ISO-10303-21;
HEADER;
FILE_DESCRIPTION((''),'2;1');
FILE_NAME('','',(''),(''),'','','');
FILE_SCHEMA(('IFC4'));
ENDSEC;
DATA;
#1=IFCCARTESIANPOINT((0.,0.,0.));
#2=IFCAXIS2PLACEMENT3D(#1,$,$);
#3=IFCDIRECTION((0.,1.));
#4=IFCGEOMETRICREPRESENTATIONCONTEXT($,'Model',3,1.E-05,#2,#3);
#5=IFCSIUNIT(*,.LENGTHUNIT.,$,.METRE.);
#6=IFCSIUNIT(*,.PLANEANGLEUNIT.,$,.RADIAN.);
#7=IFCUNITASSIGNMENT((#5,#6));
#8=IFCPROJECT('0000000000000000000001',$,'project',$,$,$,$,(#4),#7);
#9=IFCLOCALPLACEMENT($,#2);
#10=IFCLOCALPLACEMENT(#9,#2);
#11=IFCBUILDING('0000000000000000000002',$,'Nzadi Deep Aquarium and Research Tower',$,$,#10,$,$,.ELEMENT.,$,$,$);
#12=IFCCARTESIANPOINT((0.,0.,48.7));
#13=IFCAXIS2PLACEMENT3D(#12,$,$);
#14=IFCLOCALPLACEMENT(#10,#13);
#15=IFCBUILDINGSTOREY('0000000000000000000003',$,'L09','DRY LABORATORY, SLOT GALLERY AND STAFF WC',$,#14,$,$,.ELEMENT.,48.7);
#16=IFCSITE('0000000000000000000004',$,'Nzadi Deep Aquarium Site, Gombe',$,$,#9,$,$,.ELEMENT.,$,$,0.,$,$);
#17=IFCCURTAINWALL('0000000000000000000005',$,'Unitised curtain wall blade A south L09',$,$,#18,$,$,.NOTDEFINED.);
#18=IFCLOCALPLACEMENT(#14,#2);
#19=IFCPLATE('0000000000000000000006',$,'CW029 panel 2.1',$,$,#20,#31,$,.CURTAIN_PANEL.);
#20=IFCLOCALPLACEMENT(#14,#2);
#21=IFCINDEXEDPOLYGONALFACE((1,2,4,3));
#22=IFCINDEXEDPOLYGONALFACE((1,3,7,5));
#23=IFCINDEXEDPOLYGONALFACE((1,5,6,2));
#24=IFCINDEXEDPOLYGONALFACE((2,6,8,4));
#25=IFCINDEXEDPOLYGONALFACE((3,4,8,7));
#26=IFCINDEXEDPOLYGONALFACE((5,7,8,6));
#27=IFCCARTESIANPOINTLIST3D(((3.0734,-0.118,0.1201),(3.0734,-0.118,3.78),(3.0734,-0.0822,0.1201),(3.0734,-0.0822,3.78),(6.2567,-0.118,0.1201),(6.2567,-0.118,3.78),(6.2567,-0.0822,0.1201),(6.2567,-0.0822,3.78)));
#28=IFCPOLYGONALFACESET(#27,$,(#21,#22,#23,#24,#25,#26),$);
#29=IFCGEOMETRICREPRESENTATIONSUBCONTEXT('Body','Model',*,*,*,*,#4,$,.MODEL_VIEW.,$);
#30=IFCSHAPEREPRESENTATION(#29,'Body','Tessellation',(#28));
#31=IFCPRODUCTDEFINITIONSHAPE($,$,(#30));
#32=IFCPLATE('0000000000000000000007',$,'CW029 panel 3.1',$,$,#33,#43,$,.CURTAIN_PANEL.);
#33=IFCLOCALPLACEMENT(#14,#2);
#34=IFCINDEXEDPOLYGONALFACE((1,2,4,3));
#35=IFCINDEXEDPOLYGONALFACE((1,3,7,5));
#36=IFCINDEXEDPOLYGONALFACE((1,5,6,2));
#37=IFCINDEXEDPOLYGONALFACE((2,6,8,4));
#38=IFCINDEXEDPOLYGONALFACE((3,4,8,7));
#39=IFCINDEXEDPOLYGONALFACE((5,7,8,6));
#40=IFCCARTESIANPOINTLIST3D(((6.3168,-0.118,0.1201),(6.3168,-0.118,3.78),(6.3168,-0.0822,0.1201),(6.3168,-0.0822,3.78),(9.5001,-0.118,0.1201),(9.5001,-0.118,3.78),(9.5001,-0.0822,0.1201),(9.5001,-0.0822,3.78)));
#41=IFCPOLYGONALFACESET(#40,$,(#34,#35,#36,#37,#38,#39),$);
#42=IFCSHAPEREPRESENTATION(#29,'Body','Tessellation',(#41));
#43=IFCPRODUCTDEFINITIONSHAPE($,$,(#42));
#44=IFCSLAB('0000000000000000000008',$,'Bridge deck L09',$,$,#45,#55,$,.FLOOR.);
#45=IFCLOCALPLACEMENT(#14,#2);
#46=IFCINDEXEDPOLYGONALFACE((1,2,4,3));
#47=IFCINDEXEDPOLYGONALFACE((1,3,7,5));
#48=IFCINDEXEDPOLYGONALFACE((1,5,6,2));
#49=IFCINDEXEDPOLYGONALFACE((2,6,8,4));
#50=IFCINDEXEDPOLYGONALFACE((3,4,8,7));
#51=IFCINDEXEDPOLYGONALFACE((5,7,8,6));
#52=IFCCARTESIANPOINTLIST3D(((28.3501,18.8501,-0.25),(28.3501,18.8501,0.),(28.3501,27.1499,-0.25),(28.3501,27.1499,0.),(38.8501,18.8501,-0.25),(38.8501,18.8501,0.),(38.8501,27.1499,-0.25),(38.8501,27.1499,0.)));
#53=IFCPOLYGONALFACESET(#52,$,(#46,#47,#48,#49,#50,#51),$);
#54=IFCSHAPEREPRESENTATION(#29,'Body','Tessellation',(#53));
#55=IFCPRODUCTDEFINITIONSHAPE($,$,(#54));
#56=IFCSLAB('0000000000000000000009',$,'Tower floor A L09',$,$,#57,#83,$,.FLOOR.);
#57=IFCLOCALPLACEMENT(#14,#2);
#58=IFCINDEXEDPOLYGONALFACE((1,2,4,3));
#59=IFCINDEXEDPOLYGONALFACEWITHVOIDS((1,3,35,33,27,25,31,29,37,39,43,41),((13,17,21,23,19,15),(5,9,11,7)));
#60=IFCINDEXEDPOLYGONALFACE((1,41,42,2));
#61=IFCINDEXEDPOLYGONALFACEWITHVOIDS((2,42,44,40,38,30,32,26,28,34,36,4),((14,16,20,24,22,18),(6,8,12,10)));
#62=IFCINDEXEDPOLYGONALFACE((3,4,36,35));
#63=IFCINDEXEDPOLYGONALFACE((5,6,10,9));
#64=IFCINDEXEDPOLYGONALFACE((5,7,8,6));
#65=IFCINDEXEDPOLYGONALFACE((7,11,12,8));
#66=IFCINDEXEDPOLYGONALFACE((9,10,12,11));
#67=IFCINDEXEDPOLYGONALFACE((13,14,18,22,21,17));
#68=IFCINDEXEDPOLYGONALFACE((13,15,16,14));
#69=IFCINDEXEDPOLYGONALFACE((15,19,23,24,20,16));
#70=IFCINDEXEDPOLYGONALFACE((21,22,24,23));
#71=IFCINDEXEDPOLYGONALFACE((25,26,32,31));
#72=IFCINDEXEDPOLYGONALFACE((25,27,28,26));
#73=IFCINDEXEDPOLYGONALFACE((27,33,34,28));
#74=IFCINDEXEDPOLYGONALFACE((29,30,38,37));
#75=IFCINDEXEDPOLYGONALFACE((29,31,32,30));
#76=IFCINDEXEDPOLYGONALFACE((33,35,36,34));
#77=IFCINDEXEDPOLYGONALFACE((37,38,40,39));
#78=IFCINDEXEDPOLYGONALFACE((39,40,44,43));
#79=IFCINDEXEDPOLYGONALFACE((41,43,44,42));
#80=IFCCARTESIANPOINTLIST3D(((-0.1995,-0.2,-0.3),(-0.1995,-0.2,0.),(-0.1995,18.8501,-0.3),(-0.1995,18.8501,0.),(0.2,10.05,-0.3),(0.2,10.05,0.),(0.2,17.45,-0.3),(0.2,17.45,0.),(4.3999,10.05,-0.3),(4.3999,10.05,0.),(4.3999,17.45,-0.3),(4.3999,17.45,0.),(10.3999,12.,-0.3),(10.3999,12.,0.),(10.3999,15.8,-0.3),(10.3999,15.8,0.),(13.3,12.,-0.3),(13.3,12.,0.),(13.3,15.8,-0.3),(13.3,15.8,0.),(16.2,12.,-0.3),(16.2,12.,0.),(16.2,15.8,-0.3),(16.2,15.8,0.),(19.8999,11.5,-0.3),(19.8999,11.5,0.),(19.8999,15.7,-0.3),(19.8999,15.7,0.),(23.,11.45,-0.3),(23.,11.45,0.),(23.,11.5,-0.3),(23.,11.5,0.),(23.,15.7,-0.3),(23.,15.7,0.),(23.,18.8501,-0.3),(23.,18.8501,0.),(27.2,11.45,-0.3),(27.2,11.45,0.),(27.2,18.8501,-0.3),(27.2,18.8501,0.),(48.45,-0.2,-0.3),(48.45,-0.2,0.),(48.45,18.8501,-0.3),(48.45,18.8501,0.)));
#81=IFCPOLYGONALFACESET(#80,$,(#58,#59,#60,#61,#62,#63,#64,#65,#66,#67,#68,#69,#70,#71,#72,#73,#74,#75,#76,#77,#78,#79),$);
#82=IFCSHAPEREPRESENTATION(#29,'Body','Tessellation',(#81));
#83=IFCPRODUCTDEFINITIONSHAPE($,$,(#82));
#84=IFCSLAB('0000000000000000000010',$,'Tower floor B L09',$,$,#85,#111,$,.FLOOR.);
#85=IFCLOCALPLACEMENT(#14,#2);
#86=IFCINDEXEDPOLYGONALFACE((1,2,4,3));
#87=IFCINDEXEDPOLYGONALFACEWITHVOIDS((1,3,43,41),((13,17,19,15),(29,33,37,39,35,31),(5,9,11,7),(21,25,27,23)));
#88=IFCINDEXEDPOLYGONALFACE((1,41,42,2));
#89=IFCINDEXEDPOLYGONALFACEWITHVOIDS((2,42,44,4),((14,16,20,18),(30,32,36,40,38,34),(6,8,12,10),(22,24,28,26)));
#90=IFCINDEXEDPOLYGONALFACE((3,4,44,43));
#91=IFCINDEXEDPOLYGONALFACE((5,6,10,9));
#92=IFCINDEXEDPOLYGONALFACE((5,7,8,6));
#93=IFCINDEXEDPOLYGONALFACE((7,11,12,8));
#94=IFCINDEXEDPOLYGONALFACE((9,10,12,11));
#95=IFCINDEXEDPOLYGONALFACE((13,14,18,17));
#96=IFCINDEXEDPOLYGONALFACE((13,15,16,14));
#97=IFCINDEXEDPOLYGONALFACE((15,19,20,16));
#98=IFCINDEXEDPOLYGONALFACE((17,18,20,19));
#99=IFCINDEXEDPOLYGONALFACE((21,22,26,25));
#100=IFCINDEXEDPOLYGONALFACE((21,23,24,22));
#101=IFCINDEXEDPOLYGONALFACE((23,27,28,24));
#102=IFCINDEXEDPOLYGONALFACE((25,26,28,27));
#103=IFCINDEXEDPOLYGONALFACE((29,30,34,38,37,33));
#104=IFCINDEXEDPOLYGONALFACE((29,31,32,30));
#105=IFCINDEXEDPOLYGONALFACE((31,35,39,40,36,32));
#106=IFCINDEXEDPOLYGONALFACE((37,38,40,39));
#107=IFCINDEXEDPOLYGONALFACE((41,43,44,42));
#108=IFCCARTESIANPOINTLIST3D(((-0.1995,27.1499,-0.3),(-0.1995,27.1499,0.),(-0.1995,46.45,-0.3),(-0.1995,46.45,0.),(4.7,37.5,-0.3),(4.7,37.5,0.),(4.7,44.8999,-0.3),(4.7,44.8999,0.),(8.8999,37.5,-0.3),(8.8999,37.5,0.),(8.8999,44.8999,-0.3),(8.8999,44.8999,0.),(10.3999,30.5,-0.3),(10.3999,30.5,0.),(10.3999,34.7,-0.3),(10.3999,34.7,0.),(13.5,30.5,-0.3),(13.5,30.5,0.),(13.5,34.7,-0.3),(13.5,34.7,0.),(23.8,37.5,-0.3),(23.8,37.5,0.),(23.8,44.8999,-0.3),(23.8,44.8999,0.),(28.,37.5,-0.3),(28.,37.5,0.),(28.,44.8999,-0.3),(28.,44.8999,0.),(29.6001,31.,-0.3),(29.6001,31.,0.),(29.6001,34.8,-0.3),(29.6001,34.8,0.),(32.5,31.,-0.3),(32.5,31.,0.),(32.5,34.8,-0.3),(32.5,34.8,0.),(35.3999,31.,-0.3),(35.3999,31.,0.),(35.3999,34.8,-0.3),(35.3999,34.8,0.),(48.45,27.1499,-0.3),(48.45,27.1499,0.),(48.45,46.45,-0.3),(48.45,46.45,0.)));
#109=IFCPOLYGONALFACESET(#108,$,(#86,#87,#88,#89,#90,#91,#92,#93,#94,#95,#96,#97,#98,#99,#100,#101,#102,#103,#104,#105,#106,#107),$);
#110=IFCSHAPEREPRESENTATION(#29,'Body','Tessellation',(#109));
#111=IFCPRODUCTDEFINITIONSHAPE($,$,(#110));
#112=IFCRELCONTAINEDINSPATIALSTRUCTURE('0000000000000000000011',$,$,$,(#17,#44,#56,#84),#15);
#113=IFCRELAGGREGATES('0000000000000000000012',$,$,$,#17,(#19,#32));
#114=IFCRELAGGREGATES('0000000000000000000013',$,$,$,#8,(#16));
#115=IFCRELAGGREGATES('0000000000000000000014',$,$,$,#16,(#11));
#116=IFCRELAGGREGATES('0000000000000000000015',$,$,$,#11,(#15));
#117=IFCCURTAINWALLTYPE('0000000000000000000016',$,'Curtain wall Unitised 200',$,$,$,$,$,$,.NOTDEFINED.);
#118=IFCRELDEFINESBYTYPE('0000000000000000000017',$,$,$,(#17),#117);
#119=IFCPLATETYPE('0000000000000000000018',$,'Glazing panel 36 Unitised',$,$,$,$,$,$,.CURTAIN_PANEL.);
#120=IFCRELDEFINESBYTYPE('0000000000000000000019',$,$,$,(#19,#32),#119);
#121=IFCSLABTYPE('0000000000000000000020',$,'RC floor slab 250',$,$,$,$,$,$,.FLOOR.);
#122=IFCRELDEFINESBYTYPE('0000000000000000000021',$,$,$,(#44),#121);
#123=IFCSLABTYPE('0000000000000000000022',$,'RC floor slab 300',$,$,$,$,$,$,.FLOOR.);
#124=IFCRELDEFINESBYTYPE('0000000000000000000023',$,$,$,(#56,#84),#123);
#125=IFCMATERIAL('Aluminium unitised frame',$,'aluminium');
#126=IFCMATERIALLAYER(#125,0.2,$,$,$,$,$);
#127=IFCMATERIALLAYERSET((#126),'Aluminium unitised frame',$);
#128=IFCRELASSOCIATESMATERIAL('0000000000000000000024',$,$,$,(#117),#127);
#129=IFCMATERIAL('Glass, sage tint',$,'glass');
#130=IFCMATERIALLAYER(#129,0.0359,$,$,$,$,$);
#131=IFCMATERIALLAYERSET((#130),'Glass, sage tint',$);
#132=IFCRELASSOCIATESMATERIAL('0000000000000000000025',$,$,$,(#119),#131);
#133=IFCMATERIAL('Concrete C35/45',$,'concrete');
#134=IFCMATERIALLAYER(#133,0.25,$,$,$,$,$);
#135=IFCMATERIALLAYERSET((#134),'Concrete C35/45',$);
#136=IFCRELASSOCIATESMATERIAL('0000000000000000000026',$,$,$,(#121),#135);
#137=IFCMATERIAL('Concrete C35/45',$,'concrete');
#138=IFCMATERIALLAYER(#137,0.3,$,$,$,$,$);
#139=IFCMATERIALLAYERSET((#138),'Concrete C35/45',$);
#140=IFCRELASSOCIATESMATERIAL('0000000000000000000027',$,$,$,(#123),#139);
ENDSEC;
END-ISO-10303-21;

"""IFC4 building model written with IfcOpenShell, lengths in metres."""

from ifc_helpers import new_model, si_unit, direction, frame, origin, origin_2d, place, context, subcontext, project, spatial, polyline, rectangle, outline, extrude, material, layer, layer_set, type_object, element, aggregate, save


model = new_model("IFC4")

# Units and contexts
model_context = context("Model", 3, precision=1e-05, world=origin(), true_north=direction((0.0, 1.0)))
body_context = subcontext(model_context, "Body", "Model", "MODEL_VIEW")
ifc_project = project(units=[si_unit("LENGTHUNIT", "METRE"), si_unit("PLANEANGLEUNIT", "RADIAN")], contexts=[model_context])

# Site, building, storey
site_placement = place(None, origin())
site = spatial("IfcSite", under=ifc_project, at=site_placement, Name="Nzadi Deep Aquarium Site, Gombe", CompositionType="ELEMENT", RefElevation=0.0)
building_placement = place(site_placement, origin())
building = spatial("IfcBuilding", under=site, at=building_placement, Name="Nzadi Deep Aquarium and Research Tower", CompositionType="ELEMENT")
storey_placement = place(building_placement, frame((0.0, 0.0, 48.7)))
storey = spatial("IfcBuildingStorey", under=building, at=storey_placement, Name="L09", Description="DRY LABORATORY, SLOT GALLERY AND STAFF WC", CompositionType="ELEMENT", Elevation=48.7)

# Curtain wall, plates
ifc_material_1 = material(Name="Aluminium unitised frame", Category="aluminium")
ifc_layer_1 = layer(ifc_material_1, 0.2)
ifc_layer_set_1 = layer_set([ifc_layer_1], Name="Aluminium unitised frame")
curtain_wall_type = type_object("IfcCurtainWallType", Name="Curtain wall Unitised 200", PredefinedType="NOTDEFINED", material=ifc_layer_set_1)
curtain_wall_placement = place(storey_placement, origin())
curtain_wall = element("IfcCurtainWall", 1, at=curtain_wall_placement, inside=storey, type_object=curtain_wall_type, Name="Unitised curtain wall blade A south L09", PredefinedType="NOTDEFINED")
ifc_material_2 = material(Name="Glass, sage tint", Category="glass")
ifc_layer_2 = layer(ifc_material_2, 0.0359)
ifc_layer_set_2 = layer_set([ifc_layer_2], Name="Glass, sage tint")
plate_type = type_object("IfcPlateType", Name="Glazing panel 36 Unitised", PredefinedType="CURTAIN_PANEL", material=ifc_layer_set_2)
plate_1_placement = place(storey_placement, frame((4.665, -0.1001, 0.1201), z_axis=(0.0, 0.0, 1.0), x_axis=(1.0, 0.0, 0.0)))
plate_1 = element("IfcPlate", 2, at=plate_1_placement, type_object=plate_type, Name="CW029 panel 2.1", PredefinedType="CURTAIN_PANEL", context=body_context, shape_type="SweptSolid", body=[
    extrude(rectangle(XDim=3.1833, YDim=0.0359, at=origin_2d()), origin(), (0.0, 0.0, 1.0), 3.6599),
])
plate_2_placement = place(storey_placement, frame((7.9084, -0.1001, 0.1201), z_axis=(0.0, 0.0, 1.0), x_axis=(1.0, 0.0, 0.0)))
plate_2 = element("IfcPlate", 3, at=plate_2_placement, type_object=plate_type, Name="CW029 panel 3.1", PredefinedType="CURTAIN_PANEL", context=body_context, shape_type="SweptSolid", body=[
    extrude(rectangle(XDim=3.1833, YDim=0.0359, at=origin_2d()), origin(), (0.0, 0.0, 1.0), 3.6599),
])
aggregate(curtain_wall, [plate_1, plate_2])

# Slabs
ifc_material_3 = material(Name="Concrete C35/45", Category="concrete")
ifc_layer_3 = layer(ifc_material_3, 0.25)
ifc_layer_set_3 = layer_set([ifc_layer_3], Name="Concrete C35/45")
slab_type_1 = type_object("IfcSlabType", Name="RC floor slab 250", PredefinedType="FLOOR", material=ifc_layer_set_3)
slab_1_placement = place(storey_placement, frame((0.0, 0.0, -0.25)))
element("IfcSlab", 4, at=slab_1_placement, inside=storey, type_object=slab_type_1, Name="Bridge deck L09", PredefinedType="FLOOR", context=body_context, shape_type="SweptSolid", body=[
    extrude(outline(polyline([(38.8501, 18.8501), (38.8501, 27.1499), (28.3501, 27.1499), (28.3501, 18.8501), (38.8501, 18.8501)])), origin(), (0.0, 0.0, 1.0), 0.25),
])
ifc_material_4 = material(Name="Concrete C35/45", Category="concrete")
ifc_layer_4 = layer(ifc_material_4, 0.3)
ifc_layer_set_4 = layer_set([ifc_layer_4], Name="Concrete C35/45")
slab_type_2 = type_object("IfcSlabType", Name="RC floor slab 300", PredefinedType="FLOOR", material=ifc_layer_set_4)
slab_2_placement = place(storey_placement, frame((0.0, 0.0, -0.3)))
element("IfcSlab", 5, at=slab_2_placement, inside=storey, type_object=slab_type_2, Name="Tower floor A L09", PredefinedType="FLOOR", context=body_context, shape_type="SweptSolid", body=[
    extrude(outline(polyline([(27.2, 11.45), (23.0, 11.45), (23.0, 11.5), (19.8999, 11.5), (19.8999, 15.7), (23.0, 15.7), (23.0, 18.8501), (-0.1995, 18.8501), (-0.1995, -0.2), (48.45, -0.2), (48.45, 18.8501), (27.2, 18.8501), (27.2, 11.45)]), holes=[polyline([(4.3999, 17.45), (4.3999, 10.05), (0.2, 10.05), (0.2, 17.45), (4.3999, 17.45)]), polyline([(10.3999, 12.0), (10.3999, 15.8), (13.3, 15.8), (16.2, 15.8), (16.2, 12.0), (13.3, 12.0), (10.3999, 12.0)])]), origin(), (0.0, 0.0, 1.0), 0.3),
])
slab_3_placement = place(storey_placement, frame((0.0, 0.0, -0.3)))
element("IfcSlab", 6, at=slab_3_placement, inside=storey, type_object=slab_type_2, Name="Tower floor B L09", PredefinedType="FLOOR", context=body_context, shape_type="SweptSolid", body=[
    extrude(outline(polyline([(-0.1995, 27.1499), (48.45, 27.1499), (48.45, 46.45), (-0.1995, 46.45), (-0.1995, 27.1499)]), holes=[polyline([(8.8999, 44.8999), (8.8999, 37.5), (4.7, 37.5), (4.7, 44.8999), (8.8999, 44.8999)]), polyline([(28.0, 37.5), (23.8, 37.5), (23.8, 44.8999), (28.0, 44.8999), (28.0, 37.5)]), polyline([(10.3999, 30.5), (10.3999, 34.7), (13.5, 34.7), (13.5, 30.5), (10.3999, 30.5)]), polyline([(29.6001, 34.8), (32.5, 34.8), (35.3999, 34.8), (35.3999, 31.0), (32.5, 31.0), (29.6001, 31.0), (29.6001, 34.8)])]), origin(), (0.0, 0.0, 1.0), 0.3),
])

save(model, "model.ifc")
